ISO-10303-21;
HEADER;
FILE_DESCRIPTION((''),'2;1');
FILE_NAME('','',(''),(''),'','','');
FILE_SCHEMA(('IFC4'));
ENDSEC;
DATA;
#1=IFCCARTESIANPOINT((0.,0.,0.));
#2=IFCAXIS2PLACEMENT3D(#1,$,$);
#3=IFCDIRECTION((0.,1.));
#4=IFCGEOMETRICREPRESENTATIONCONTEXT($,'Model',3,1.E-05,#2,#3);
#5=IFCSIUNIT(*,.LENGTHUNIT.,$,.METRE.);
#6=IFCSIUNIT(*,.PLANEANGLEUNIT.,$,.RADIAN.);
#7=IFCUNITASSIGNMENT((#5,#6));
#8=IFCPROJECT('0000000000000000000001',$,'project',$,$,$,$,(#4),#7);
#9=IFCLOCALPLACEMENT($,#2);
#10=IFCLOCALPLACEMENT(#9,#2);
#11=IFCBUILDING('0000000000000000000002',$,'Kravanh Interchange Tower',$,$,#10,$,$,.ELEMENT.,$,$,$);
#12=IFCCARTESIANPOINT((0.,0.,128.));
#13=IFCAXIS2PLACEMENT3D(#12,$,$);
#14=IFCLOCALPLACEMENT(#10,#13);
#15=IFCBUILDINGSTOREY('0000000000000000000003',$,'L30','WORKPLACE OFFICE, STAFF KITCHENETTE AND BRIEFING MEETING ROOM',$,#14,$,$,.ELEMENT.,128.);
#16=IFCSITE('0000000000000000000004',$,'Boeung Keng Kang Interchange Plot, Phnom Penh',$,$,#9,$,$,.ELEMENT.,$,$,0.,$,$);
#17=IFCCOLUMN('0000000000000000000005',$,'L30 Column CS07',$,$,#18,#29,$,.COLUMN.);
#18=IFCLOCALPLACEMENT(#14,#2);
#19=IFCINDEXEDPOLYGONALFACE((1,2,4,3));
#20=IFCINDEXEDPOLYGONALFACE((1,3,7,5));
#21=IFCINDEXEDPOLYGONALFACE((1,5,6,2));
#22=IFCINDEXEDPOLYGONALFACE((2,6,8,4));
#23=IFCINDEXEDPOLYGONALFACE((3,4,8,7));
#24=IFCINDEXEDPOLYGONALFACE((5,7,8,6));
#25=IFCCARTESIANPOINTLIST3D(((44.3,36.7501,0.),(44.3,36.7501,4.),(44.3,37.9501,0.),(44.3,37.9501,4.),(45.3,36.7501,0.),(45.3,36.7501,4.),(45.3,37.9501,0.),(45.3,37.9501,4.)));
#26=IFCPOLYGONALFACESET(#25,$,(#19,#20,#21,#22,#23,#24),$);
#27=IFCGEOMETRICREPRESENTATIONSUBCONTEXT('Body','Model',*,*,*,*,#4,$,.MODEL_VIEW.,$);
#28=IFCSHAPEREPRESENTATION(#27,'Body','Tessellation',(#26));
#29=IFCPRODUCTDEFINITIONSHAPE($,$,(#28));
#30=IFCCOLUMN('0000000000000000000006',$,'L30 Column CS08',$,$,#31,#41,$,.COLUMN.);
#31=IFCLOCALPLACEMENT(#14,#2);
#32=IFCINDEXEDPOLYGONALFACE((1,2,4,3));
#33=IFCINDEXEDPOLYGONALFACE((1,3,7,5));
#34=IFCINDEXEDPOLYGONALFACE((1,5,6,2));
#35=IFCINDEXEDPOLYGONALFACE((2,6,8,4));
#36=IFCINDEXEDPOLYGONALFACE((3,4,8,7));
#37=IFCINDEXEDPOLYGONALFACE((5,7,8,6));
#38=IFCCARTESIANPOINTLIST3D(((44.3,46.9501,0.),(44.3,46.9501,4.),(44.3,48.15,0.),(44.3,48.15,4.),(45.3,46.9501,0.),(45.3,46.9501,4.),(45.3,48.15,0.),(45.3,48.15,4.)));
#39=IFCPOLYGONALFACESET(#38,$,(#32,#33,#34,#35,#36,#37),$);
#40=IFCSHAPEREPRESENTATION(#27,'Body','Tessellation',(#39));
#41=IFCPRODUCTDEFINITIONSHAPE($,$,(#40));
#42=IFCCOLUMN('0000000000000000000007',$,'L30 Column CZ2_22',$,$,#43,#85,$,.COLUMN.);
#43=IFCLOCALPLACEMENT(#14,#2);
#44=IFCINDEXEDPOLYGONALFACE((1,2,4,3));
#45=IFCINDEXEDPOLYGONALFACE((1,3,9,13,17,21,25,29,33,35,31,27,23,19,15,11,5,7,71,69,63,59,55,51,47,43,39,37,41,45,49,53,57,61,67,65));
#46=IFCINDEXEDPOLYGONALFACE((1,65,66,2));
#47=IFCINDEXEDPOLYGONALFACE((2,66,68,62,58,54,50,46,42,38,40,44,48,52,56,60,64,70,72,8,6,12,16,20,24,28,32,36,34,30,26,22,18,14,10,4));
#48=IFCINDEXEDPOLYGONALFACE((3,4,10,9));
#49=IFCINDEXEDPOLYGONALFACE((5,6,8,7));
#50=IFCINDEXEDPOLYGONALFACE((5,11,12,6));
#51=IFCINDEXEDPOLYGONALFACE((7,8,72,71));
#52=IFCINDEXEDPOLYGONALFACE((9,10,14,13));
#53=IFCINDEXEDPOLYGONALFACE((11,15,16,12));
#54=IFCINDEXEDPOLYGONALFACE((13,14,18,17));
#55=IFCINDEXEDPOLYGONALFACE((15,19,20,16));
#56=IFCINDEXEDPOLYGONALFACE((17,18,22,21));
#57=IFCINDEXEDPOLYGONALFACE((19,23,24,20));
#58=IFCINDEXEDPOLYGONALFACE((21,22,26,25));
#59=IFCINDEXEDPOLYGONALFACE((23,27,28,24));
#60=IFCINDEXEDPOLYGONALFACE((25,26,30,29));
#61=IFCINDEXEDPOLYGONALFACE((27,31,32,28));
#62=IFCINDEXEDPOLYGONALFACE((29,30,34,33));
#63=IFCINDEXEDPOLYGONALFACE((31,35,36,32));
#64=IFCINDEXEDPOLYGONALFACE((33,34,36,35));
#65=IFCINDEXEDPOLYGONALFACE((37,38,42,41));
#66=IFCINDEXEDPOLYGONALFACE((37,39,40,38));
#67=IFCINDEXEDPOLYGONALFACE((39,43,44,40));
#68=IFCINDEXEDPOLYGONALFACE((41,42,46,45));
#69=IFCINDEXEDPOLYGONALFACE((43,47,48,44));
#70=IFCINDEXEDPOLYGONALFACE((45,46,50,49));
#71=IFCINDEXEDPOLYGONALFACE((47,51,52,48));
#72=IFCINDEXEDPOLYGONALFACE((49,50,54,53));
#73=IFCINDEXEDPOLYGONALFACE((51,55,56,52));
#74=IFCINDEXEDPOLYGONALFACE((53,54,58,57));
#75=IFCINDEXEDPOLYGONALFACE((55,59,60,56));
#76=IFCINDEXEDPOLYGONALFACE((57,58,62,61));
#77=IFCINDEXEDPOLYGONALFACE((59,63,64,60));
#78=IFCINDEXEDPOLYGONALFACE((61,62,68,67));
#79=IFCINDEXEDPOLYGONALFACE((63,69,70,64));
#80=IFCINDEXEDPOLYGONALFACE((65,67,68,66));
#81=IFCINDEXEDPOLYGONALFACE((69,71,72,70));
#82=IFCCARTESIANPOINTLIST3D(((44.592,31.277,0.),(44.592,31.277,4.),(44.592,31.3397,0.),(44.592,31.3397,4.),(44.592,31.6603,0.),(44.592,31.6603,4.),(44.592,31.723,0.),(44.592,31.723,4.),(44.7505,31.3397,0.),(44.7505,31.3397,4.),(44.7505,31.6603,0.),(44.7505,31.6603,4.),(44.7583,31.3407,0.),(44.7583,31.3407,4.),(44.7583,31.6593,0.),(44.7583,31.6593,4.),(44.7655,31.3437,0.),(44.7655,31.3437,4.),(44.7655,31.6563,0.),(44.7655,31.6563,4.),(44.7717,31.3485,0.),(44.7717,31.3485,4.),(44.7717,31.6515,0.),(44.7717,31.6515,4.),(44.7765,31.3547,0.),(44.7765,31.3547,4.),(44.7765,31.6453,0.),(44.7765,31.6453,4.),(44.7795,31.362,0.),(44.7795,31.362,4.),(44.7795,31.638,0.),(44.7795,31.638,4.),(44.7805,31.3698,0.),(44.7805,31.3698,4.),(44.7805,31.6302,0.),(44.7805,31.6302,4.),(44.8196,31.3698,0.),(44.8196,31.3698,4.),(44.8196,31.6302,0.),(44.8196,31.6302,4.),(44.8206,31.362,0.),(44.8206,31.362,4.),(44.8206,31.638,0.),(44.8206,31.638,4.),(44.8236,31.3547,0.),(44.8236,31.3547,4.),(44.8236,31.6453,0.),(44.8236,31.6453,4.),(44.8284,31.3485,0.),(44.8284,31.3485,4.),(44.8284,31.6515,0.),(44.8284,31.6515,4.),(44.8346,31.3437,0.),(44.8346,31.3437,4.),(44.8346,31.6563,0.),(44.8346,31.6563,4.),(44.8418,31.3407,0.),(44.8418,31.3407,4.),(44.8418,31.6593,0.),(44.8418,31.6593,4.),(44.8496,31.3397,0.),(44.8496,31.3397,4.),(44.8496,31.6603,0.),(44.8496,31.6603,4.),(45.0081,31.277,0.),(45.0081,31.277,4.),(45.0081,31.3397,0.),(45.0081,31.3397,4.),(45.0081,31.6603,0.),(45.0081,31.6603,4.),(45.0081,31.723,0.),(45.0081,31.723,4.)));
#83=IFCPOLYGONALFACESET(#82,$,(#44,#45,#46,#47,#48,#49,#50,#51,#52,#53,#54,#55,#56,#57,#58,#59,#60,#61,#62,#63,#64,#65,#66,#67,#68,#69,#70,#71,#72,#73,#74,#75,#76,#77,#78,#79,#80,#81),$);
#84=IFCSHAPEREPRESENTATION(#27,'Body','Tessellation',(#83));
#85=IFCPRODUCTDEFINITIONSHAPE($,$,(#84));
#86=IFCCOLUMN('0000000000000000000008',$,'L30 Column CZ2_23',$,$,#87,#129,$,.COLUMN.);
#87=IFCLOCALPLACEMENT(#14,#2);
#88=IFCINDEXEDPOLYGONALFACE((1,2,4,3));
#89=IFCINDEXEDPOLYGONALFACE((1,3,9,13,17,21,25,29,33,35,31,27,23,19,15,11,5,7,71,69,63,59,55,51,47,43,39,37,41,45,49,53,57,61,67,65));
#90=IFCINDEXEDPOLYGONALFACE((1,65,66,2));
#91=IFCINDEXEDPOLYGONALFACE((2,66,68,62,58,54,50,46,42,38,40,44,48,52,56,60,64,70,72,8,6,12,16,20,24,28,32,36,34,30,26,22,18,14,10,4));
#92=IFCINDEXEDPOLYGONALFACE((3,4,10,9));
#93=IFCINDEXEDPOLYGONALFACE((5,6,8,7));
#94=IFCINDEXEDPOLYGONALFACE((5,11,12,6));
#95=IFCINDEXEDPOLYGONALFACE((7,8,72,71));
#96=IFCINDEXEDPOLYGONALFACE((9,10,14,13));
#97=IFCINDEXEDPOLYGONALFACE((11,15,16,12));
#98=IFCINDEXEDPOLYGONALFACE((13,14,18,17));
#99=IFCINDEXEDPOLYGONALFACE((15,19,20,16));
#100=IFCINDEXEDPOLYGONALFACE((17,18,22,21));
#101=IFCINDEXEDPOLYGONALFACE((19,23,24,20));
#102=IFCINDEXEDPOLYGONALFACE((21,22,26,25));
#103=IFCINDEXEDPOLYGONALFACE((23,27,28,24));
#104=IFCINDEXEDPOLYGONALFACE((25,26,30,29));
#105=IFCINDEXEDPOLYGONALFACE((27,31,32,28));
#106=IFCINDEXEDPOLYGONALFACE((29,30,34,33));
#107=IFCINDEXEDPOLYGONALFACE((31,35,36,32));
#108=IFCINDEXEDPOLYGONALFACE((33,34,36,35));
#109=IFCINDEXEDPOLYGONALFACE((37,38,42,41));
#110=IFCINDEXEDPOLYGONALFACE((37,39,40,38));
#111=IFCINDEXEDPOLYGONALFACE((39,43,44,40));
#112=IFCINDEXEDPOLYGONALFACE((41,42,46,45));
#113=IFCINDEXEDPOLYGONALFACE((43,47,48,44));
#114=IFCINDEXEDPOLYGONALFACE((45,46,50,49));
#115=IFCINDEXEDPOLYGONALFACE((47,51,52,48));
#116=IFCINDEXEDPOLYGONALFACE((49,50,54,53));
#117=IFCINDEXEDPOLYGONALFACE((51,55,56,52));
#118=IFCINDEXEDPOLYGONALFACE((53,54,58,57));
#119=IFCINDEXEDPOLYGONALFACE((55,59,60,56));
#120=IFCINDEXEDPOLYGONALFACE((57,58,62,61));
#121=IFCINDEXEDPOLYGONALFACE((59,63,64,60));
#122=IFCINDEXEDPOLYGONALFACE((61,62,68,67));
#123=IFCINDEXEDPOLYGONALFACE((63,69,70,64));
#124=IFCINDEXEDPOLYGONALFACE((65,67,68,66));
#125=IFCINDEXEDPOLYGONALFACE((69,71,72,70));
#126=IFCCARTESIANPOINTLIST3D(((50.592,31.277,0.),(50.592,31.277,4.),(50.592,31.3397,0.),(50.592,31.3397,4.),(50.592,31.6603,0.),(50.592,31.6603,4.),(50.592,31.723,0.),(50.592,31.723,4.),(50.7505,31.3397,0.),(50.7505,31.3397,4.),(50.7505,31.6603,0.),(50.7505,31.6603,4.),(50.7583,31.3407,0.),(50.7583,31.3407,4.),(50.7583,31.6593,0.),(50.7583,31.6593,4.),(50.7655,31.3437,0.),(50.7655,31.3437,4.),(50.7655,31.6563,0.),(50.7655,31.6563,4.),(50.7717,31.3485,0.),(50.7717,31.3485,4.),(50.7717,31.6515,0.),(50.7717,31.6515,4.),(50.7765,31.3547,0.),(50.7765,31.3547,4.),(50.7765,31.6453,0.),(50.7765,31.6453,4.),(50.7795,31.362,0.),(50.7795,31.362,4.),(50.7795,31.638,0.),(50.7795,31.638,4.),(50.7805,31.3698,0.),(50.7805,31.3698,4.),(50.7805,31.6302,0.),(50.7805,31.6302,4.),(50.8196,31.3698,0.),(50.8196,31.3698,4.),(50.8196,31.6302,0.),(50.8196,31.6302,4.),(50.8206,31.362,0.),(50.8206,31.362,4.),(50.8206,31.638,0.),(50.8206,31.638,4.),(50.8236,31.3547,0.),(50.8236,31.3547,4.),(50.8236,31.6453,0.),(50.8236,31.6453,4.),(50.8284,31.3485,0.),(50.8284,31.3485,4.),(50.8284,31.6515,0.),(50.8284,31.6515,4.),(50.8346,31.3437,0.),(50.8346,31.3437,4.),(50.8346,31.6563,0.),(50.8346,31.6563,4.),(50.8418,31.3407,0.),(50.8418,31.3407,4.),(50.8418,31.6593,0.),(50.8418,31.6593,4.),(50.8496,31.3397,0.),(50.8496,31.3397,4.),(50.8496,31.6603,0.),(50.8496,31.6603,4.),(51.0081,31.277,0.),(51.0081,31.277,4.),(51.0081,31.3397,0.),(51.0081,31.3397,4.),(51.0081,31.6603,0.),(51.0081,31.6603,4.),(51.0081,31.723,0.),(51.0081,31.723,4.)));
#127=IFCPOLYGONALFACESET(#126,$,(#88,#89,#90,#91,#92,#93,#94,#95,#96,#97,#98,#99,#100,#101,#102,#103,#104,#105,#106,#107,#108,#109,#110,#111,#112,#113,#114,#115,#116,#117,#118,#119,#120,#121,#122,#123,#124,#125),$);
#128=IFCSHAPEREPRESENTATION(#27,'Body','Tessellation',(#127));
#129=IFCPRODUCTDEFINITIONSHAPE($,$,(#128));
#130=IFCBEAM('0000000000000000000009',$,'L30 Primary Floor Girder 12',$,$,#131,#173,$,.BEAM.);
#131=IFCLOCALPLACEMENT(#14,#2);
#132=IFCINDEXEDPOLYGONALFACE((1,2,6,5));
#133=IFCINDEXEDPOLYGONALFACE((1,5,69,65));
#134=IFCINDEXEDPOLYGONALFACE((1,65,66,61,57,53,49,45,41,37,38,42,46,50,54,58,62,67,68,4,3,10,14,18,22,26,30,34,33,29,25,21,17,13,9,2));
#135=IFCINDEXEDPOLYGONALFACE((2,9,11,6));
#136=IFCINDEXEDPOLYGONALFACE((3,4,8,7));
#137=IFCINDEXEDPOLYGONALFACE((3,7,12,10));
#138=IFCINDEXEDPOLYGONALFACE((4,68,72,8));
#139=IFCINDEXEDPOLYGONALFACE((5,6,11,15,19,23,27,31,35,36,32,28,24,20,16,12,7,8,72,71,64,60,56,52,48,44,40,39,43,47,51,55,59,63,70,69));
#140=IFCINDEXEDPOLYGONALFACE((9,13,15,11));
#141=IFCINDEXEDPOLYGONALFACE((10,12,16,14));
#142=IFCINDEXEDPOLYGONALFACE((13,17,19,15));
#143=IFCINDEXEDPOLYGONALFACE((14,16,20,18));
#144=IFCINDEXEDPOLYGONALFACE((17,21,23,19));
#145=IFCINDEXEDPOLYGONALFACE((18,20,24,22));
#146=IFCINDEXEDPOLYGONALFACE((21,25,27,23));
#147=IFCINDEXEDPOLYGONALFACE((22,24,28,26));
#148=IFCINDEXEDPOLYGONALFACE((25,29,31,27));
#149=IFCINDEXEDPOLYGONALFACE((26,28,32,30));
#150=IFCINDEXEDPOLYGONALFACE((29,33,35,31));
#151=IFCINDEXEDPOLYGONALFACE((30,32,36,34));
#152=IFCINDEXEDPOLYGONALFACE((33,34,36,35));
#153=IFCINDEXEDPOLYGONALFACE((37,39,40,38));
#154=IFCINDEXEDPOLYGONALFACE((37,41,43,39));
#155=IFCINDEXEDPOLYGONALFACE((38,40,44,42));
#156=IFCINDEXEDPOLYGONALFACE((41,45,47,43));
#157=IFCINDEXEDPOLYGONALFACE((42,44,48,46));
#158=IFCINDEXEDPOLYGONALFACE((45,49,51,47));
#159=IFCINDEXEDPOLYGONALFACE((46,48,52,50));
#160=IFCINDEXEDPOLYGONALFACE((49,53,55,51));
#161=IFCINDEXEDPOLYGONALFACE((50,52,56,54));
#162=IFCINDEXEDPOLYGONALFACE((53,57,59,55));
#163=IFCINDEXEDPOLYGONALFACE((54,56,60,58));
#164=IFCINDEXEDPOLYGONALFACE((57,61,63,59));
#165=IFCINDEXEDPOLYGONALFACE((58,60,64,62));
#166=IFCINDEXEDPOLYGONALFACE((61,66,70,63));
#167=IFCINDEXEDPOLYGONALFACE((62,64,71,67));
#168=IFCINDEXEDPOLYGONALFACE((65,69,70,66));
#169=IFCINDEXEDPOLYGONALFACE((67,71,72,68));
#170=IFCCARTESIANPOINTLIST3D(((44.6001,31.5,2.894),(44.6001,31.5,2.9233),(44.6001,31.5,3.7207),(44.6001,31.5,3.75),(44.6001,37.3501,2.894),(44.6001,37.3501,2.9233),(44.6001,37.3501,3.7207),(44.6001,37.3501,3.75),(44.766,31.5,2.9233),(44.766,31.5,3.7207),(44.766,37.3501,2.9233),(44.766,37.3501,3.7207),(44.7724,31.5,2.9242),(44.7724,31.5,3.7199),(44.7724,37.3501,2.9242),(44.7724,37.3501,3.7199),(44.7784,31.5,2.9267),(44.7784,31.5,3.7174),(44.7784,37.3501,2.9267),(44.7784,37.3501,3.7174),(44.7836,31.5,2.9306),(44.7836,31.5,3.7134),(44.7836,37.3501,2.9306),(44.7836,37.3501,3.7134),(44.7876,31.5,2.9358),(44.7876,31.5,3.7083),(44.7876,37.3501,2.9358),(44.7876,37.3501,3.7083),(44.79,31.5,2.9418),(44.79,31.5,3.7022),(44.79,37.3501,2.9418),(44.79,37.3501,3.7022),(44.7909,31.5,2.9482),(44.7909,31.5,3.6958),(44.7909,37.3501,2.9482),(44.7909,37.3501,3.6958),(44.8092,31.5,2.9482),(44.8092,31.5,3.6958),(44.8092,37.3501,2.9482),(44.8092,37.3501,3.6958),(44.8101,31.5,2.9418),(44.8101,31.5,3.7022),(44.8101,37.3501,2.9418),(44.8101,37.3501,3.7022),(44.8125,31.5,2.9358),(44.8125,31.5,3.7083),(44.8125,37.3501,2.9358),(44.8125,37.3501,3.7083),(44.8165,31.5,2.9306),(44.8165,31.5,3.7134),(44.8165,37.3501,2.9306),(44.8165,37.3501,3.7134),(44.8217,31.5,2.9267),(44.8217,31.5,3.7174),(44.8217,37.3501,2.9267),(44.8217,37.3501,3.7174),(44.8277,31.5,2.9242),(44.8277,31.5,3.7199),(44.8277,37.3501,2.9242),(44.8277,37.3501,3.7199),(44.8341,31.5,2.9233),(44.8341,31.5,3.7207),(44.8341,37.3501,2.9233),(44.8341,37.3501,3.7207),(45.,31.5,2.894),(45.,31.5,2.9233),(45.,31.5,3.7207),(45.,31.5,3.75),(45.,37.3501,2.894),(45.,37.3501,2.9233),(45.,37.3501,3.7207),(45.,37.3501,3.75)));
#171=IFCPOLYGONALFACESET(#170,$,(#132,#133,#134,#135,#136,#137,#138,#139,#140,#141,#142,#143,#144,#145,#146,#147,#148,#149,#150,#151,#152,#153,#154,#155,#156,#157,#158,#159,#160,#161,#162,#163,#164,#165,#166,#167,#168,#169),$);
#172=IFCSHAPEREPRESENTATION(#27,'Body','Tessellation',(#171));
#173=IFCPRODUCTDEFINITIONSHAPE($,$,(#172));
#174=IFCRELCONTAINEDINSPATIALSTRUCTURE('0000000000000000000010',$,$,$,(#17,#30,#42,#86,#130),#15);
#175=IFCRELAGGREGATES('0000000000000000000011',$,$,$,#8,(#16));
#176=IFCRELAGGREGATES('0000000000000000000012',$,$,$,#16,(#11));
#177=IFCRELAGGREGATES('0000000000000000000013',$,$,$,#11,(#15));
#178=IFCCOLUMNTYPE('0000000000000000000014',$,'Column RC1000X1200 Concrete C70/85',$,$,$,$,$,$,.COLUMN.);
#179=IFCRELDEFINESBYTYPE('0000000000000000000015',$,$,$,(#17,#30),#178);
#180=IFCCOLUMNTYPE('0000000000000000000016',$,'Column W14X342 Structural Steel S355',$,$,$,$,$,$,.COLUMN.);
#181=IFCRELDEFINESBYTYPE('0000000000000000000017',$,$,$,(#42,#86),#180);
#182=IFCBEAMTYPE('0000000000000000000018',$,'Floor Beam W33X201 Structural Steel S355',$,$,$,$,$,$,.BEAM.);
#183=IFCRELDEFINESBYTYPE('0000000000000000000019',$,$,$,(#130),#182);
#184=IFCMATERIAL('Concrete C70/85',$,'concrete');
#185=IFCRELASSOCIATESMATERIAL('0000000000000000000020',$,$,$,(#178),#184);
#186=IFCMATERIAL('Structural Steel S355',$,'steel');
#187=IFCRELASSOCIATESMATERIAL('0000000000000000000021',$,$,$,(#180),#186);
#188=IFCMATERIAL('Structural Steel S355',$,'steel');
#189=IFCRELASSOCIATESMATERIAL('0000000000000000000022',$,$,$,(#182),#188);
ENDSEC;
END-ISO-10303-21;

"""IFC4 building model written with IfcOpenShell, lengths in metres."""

from ifc_helpers import new_model, si_unit, direction, frame, origin, origin_2d, place, context, subcontext, project, spatial, rectangle, i_section, extrude, material, material_profile, profile_set, type_object, element, save


model = new_model("IFC4")

# Units and contexts
model_context = context("Model", 3, precision=1e-05, world=origin(), true_north=direction((0.0, 1.0)))
body_context = subcontext(model_context, "Body", "Model", "MODEL_VIEW")
ifc_project = project(units=[si_unit("LENGTHUNIT", "METRE"), si_unit("PLANEANGLEUNIT", "RADIAN")], contexts=[model_context])

# Site, building, storey
site_placement = place(None, origin())
site = spatial("IfcSite", under=ifc_project, at=site_placement, Name="Boeung Keng Kang Interchange Plot, Phnom Penh", CompositionType="ELEMENT", RefElevation=0.0)
building_placement = place(site_placement, origin())
building = spatial("IfcBuilding", under=site, at=building_placement, Name="Kravanh Interchange Tower", CompositionType="ELEMENT")
storey_placement = place(building_placement, frame((0.0, 0.0, 128.0)))
storey = spatial("IfcBuildingStorey", under=building, at=storey_placement, Name="L30", Description="WORKPLACE OFFICE, STAFF KITCHENETTE AND BRIEFING MEETING ROOM", CompositionType="ELEMENT", Elevation=128.0)

# Columns
ifc_material_1 = material(Name="Concrete C70/85", Category="concrete")
ifc_material_profile_1 = material_profile(ifc_material_1, rectangle(XDim=1.0, YDim=1.2, at=origin_2d()), Name="RC1000X1200")
ifc_profile_set_1 = profile_set([ifc_material_profile_1], Name="Concrete C70/85")
column_type_1 = type_object("IfcColumnType", Name="Column RC1000X1200 Concrete C70/85", PredefinedType="COLUMN", material=ifc_profile_set_1)
for number, where, z_axis, x_axis, name in (
    (1, (44.8, 37.3501, 0.0), (0.0, 0.0, 1.0), (1.0, 0.0, 0.0), "L30 Column CS07"),
    (2, (44.8, 47.55, 0.0), (0.0, 0.0, 1.0), (1.0, 0.0, 0.0), "L30 Column CS08"),
):
    element("IfcColumn", number, at=place(storey_placement, frame(where, z_axis=z_axis, x_axis=x_axis)), inside=storey, type_object=column_type_1, Name=name, PredefinedType="COLUMN", context=body_context, shape_type="SweptSolid", body=[
        extrude(rectangle(XDim=1.0, YDim=1.2, at=origin_2d()), origin(), (0.0, 0.0, 1.0), 4.0),
    ])
ifc_material_2 = material(Name="Structural Steel S355", Category="steel")
ifc_material_profile_2 = material_profile(ifc_material_2, i_section(OverallWidth=0.416, OverallDepth=0.446, WebThickness=0.0391, FlangeThickness=0.0627, FilletRadius=0.03, at=origin_2d()), Name="W14X342")
ifc_profile_set_2 = profile_set([ifc_material_profile_2], Name="Structural Steel S355")
column_type_2 = type_object("IfcColumnType", Name="Column W14X342 Structural Steel S355", PredefinedType="COLUMN", material=ifc_profile_set_2)
for number, where, z_axis, x_axis, name in (
    (3, (44.8, 31.5, 0.0), (0.0, 0.0, 1.0), (1.0, 0.0, 0.0), "L30 Column CZ2_22"),
    (4, (50.8, 31.5, 0.0), (0.0, 0.0, 1.0), (1.0, 0.0, 0.0), "L30 Column CZ2_23"),
):
    element("IfcColumn", number, at=place(storey_placement, frame(where, z_axis=z_axis, x_axis=x_axis)), inside=storey, type_object=column_type_2, Name=name, PredefinedType="COLUMN", context=body_context, shape_type="SweptSolid", body=[
        extrude(i_section(OverallWidth=0.416, OverallDepth=0.446, WebThickness=0.0391, FlangeThickness=0.0627, FilletRadius=0.03, at=origin_2d()), origin(), (0.0, 0.0, 1.0), 4.0),
    ])

# Beam
ifc_material_3 = material(Name="Structural Steel S355", Category="steel")
ifc_material_profile_3 = material_profile(ifc_material_3, i_section(OverallWidth=0.3999, OverallDepth=0.856, WebThickness=0.0183, FlangeThickness=0.0293, FilletRadius=0.0249, at=origin_2d()), Name="W33X201")
ifc_profile_set_3 = profile_set([ifc_material_profile_3], Name="Structural Steel S355")
beam_type_1 = type_object("IfcBeamType", Name="Floor Beam W33X201 Structural Steel S355", PredefinedType="BEAM", material=ifc_profile_set_3)
beam_1_placement = place(storey_placement, frame((44.8, 37.3501, 3.322), z_axis=(0.0, -1.0, 0.0), x_axis=(1.0, 0.0, 0.0)))
element("IfcBeam", 5, at=beam_1_placement, inside=storey, type_object=beam_type_1, Name="L30 Primary Floor Girder 12", PredefinedType="BEAM", context=body_context, shape_type="SweptSolid", body=[
    extrude(i_section(OverallWidth=0.3999, OverallDepth=0.856, WebThickness=0.0183, FlangeThickness=0.0293, FilletRadius=0.0249, at=origin_2d()), origin(), (0.0, 0.0, 1.0), 5.8501),
])

save(model, "model.ifc")
